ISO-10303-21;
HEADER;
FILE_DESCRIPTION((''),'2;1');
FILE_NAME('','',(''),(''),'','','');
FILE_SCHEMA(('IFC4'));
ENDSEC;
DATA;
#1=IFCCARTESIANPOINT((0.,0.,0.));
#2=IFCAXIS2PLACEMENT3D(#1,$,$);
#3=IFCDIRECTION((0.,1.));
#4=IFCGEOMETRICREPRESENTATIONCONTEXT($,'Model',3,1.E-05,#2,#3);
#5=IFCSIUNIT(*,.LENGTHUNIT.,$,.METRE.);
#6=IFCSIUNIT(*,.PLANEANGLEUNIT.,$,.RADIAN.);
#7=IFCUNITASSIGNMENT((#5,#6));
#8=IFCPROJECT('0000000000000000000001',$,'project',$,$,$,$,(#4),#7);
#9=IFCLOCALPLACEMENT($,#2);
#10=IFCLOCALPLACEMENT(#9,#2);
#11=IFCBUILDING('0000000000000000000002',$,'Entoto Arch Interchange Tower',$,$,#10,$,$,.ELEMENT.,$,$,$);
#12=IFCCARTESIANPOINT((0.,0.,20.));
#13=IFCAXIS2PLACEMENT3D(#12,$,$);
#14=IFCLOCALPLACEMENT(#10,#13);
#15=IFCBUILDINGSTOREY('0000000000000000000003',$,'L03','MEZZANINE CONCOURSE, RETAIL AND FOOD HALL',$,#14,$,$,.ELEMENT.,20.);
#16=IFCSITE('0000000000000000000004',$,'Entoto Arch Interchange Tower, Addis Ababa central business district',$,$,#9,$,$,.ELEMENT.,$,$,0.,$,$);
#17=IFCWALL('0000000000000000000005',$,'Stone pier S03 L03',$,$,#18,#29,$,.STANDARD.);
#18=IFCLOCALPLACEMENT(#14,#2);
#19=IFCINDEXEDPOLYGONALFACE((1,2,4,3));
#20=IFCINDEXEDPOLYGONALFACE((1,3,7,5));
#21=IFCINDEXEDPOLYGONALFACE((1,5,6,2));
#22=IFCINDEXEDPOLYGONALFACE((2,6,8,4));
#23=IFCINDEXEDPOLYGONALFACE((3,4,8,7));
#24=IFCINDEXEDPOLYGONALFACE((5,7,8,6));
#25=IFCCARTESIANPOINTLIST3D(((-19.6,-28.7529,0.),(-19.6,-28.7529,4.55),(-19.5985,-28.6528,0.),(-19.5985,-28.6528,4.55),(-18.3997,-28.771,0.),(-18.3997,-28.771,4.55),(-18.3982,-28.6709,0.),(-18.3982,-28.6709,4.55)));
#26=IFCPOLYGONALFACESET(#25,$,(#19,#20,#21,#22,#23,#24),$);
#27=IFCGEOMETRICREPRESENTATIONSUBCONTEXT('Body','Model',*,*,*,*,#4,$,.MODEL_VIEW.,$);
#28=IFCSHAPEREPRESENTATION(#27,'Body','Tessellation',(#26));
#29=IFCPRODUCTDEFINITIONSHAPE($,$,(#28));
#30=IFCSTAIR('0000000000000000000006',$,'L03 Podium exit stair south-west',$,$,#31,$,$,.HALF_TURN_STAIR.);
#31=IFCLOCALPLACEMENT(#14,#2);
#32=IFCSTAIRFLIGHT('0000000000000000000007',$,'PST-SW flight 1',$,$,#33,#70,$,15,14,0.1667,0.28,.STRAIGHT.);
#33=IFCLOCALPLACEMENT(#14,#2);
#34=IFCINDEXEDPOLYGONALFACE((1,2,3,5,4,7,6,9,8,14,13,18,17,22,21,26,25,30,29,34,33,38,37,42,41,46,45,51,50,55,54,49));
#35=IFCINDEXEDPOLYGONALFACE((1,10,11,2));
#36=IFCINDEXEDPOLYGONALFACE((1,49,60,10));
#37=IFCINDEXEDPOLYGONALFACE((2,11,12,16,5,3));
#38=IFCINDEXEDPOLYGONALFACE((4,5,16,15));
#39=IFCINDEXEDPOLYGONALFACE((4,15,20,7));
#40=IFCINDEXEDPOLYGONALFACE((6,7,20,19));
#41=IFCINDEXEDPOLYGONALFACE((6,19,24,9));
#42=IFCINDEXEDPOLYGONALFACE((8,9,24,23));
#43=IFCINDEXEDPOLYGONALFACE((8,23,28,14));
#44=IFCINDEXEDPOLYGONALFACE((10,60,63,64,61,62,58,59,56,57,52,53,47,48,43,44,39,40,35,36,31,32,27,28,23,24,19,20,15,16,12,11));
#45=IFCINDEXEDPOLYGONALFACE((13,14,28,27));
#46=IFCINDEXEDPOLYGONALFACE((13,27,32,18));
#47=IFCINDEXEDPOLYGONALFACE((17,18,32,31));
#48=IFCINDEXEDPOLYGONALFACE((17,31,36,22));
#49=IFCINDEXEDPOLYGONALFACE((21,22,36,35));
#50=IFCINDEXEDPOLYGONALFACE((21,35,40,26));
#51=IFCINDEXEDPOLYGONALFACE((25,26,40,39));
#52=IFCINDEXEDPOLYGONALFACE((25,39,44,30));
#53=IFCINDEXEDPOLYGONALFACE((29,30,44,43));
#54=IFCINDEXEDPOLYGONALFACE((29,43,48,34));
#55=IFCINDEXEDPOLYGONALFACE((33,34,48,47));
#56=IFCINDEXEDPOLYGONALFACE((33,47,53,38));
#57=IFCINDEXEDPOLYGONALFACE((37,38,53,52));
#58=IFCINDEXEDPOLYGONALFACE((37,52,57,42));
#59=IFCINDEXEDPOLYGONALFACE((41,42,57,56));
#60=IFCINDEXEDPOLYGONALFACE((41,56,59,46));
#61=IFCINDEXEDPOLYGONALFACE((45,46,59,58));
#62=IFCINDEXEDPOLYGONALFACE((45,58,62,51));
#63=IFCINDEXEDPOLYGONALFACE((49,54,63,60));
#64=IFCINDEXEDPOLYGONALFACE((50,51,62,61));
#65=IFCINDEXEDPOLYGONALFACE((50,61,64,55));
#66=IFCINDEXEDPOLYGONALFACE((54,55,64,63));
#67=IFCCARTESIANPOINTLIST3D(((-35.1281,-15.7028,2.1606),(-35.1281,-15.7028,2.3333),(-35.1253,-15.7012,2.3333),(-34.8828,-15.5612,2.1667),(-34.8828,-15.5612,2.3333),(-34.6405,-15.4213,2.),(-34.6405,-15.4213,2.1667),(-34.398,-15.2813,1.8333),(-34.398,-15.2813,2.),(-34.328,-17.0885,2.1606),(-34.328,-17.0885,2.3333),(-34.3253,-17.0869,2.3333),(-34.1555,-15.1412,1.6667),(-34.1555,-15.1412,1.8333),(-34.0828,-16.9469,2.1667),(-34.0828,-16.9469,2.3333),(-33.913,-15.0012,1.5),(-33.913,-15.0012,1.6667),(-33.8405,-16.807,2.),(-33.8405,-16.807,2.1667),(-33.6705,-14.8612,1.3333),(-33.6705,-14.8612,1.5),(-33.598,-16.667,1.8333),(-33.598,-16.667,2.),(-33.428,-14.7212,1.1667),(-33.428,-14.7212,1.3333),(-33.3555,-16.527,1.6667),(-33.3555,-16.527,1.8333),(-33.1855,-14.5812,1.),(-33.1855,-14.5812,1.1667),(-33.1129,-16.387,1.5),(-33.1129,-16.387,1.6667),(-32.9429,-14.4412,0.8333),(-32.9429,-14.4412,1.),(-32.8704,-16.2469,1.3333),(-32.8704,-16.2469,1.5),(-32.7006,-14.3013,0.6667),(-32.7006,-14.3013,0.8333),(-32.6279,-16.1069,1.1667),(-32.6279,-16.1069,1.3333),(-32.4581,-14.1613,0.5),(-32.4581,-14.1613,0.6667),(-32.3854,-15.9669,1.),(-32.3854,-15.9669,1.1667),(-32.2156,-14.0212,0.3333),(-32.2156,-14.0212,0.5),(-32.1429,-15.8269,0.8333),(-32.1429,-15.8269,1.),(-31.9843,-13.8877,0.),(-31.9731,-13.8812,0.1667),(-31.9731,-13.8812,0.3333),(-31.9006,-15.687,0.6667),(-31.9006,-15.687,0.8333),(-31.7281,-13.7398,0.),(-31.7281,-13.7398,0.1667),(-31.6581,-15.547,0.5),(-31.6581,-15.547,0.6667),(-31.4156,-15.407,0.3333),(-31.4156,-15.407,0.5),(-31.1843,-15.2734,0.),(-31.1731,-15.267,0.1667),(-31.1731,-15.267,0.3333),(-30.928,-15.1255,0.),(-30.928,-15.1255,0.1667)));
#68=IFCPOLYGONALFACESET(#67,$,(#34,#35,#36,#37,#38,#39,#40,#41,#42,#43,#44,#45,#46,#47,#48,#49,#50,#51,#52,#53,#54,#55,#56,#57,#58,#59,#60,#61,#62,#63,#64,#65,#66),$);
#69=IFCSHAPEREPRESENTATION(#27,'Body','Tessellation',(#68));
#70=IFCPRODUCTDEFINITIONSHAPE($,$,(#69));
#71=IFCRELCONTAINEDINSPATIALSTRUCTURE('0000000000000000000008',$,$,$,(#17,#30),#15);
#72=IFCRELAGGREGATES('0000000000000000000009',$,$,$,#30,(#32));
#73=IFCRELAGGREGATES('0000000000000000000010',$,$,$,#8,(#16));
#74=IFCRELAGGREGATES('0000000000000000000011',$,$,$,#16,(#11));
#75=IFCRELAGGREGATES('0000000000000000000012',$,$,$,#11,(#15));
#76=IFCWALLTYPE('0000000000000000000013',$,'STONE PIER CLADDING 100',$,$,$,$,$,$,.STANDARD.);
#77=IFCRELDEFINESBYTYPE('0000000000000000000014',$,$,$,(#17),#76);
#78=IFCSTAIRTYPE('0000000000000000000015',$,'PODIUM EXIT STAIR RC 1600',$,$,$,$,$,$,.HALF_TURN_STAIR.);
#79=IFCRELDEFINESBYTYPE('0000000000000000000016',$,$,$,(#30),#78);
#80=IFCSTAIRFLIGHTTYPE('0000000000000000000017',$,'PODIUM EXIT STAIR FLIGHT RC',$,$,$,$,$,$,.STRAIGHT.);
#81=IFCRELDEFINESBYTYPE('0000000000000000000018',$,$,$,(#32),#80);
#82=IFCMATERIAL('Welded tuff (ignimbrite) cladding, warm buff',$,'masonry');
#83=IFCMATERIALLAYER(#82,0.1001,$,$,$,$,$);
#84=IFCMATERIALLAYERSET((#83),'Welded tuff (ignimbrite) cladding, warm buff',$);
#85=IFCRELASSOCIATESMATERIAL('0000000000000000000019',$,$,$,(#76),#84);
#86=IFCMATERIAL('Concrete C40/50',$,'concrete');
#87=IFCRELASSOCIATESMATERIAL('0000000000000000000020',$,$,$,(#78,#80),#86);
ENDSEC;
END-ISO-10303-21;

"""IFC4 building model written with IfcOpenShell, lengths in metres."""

from ifc_helpers import new_model, si_unit, direction, frame, frame_2d, origin, place, context, subcontext, project, spatial, polyline, rectangle, outline, extrude, material, layer, layer_set, type_object, element, aggregate, save


model = new_model("IFC4")

# Units and contexts
model_context = context("Model", 3, precision=1e-05, world=origin(), true_north=direction((0.0, 1.0)))
body_context = subcontext(model_context, "Body", "Model", "MODEL_VIEW")
ifc_project = project(units=[si_unit("LENGTHUNIT", "METRE"), si_unit("PLANEANGLEUNIT", "RADIAN")], contexts=[model_context])

# Site, building, storey
site_placement = place(None, origin())
site = spatial("IfcSite", under=ifc_project, at=site_placement, Name="Entoto Arch Interchange Tower, Addis Ababa central business district", CompositionType="ELEMENT", RefElevation=0.0)
building_placement = place(site_placement, origin())
building = spatial("IfcBuilding", under=site, at=building_placement, Name="Entoto Arch Interchange Tower", CompositionType="ELEMENT")
storey_placement = place(building_placement, frame((0.0, 0.0, 20.0)))
storey = spatial("IfcBuildingStorey", under=building, at=storey_placement, Name="L03", Description="MEZZANINE CONCOURSE, RETAIL AND FOOD HALL", CompositionType="ELEMENT", Elevation=20.0)

# Shared definitions
ifc_material_1 = material(Name="Concrete C40/50", Category="concrete")

# Shared definitions
ifc_material_2 = material(Name="Welded tuff (ignimbrite) cladding, warm buff", Category="masonry")

# Wall
ifc_layer_1 = layer(ifc_material_2, 0.1001)
ifc_layer_set_1 = layer_set([ifc_layer_1], Name="Welded tuff (ignimbrite) cladding, warm buff")
wall_type_1 = type_object("IfcWallType", Name="STONE PIER CLADDING 100", PredefinedType="STANDARD", material=ifc_layer_set_1)
wall_1_placement = place(storey_placement, frame((-19.5991, -28.7029, 0.0), z_axis=(0.0, 0.0, 1.0), x_axis=(0.999887, -0.015051, 0.0)))
element("IfcWall", 1, at=wall_1_placement, inside=storey, type_object=wall_type_1, Name="Stone pier S03 L03", PredefinedType="STANDARD", context=body_context, shape_type="SweptSolid", body=[
    extrude(rectangle(XDim=1.2004, YDim=0.1001, at=frame_2d((0.6001, 0.0))), origin(), (0.0, 0.0, 1.0), 4.55),
])

# Stair, stair flight
stair_type = type_object("IfcStairType", Name="PODIUM EXIT STAIR RC 1600", PredefinedType="HALF_TURN_STAIR", material=ifc_material_1)
stair_placement = place(storey_placement, origin())
stair = element("IfcStair", 2, at=stair_placement, inside=storey, type_object=stair_type, Name="L03 Podium exit stair south-west", PredefinedType="HALF_TURN_STAIR")
stair_flight_type = type_object("IfcStairFlightType", Name="PODIUM EXIT STAIR FLIGHT RC", PredefinedType="STRAIGHT", material=ifc_material_1)
stair_flight_placement = place(storey_placement, frame((-31.3306, -14.4341, 0.0), z_axis=(0.0, 0.0, 1.0), x_axis=(-0.866025, -0.5, 0.0)))
stair_flight = element("IfcStairFlight", 3, at=stair_flight_placement, type_object=stair_flight_type, Name="PST-SW flight 1", NumberOfRisers=15, NumberOfTreads=14, PredefinedType="STRAIGHT", RiserHeight=0.1667, TreadLength=0.28, context=body_context, shape_type="SweptSolid", body=[
    extrude(outline(polyline([(-0.0029, 0.0), (-0.0029, 0.1667), (0.28, 0.1667), (0.28, 0.3333), (0.5601, 0.3333), (0.5601, 0.5), (0.8401, 0.5), (0.8401, 0.6667), (1.1201, 0.6667), (1.1201, 0.8333), (1.3999, 0.8333), (1.3999, 1.0), (1.6799, 1.0), (1.6799, 1.1667), (1.96, 1.1667), (1.96, 1.3333), (2.24, 1.3333), (2.24, 1.5), (2.52, 1.5), (2.52, 1.6667), (2.8, 1.6667), (2.8, 1.8333), (3.0801, 1.8333), (3.0801, 2.0), (3.3601, 2.0), (3.3601, 2.1667), (3.6399, 2.1667), (3.6399, 2.3333), (3.9199, 2.3333), (3.9231, 2.3333), (3.9231, 2.1606), (0.293, 0.0), (-0.0029, 0.0)])), frame((0.0, 0.8, 0.0), z_axis=(0.0, -1.0, 0.0), x_axis=(1.0, 0.0, 0.0)), (0.0, 0.0, 1.0), 1.6001),
])
aggregate(stair, [stair_flight])

save(model, "model.ifc")
